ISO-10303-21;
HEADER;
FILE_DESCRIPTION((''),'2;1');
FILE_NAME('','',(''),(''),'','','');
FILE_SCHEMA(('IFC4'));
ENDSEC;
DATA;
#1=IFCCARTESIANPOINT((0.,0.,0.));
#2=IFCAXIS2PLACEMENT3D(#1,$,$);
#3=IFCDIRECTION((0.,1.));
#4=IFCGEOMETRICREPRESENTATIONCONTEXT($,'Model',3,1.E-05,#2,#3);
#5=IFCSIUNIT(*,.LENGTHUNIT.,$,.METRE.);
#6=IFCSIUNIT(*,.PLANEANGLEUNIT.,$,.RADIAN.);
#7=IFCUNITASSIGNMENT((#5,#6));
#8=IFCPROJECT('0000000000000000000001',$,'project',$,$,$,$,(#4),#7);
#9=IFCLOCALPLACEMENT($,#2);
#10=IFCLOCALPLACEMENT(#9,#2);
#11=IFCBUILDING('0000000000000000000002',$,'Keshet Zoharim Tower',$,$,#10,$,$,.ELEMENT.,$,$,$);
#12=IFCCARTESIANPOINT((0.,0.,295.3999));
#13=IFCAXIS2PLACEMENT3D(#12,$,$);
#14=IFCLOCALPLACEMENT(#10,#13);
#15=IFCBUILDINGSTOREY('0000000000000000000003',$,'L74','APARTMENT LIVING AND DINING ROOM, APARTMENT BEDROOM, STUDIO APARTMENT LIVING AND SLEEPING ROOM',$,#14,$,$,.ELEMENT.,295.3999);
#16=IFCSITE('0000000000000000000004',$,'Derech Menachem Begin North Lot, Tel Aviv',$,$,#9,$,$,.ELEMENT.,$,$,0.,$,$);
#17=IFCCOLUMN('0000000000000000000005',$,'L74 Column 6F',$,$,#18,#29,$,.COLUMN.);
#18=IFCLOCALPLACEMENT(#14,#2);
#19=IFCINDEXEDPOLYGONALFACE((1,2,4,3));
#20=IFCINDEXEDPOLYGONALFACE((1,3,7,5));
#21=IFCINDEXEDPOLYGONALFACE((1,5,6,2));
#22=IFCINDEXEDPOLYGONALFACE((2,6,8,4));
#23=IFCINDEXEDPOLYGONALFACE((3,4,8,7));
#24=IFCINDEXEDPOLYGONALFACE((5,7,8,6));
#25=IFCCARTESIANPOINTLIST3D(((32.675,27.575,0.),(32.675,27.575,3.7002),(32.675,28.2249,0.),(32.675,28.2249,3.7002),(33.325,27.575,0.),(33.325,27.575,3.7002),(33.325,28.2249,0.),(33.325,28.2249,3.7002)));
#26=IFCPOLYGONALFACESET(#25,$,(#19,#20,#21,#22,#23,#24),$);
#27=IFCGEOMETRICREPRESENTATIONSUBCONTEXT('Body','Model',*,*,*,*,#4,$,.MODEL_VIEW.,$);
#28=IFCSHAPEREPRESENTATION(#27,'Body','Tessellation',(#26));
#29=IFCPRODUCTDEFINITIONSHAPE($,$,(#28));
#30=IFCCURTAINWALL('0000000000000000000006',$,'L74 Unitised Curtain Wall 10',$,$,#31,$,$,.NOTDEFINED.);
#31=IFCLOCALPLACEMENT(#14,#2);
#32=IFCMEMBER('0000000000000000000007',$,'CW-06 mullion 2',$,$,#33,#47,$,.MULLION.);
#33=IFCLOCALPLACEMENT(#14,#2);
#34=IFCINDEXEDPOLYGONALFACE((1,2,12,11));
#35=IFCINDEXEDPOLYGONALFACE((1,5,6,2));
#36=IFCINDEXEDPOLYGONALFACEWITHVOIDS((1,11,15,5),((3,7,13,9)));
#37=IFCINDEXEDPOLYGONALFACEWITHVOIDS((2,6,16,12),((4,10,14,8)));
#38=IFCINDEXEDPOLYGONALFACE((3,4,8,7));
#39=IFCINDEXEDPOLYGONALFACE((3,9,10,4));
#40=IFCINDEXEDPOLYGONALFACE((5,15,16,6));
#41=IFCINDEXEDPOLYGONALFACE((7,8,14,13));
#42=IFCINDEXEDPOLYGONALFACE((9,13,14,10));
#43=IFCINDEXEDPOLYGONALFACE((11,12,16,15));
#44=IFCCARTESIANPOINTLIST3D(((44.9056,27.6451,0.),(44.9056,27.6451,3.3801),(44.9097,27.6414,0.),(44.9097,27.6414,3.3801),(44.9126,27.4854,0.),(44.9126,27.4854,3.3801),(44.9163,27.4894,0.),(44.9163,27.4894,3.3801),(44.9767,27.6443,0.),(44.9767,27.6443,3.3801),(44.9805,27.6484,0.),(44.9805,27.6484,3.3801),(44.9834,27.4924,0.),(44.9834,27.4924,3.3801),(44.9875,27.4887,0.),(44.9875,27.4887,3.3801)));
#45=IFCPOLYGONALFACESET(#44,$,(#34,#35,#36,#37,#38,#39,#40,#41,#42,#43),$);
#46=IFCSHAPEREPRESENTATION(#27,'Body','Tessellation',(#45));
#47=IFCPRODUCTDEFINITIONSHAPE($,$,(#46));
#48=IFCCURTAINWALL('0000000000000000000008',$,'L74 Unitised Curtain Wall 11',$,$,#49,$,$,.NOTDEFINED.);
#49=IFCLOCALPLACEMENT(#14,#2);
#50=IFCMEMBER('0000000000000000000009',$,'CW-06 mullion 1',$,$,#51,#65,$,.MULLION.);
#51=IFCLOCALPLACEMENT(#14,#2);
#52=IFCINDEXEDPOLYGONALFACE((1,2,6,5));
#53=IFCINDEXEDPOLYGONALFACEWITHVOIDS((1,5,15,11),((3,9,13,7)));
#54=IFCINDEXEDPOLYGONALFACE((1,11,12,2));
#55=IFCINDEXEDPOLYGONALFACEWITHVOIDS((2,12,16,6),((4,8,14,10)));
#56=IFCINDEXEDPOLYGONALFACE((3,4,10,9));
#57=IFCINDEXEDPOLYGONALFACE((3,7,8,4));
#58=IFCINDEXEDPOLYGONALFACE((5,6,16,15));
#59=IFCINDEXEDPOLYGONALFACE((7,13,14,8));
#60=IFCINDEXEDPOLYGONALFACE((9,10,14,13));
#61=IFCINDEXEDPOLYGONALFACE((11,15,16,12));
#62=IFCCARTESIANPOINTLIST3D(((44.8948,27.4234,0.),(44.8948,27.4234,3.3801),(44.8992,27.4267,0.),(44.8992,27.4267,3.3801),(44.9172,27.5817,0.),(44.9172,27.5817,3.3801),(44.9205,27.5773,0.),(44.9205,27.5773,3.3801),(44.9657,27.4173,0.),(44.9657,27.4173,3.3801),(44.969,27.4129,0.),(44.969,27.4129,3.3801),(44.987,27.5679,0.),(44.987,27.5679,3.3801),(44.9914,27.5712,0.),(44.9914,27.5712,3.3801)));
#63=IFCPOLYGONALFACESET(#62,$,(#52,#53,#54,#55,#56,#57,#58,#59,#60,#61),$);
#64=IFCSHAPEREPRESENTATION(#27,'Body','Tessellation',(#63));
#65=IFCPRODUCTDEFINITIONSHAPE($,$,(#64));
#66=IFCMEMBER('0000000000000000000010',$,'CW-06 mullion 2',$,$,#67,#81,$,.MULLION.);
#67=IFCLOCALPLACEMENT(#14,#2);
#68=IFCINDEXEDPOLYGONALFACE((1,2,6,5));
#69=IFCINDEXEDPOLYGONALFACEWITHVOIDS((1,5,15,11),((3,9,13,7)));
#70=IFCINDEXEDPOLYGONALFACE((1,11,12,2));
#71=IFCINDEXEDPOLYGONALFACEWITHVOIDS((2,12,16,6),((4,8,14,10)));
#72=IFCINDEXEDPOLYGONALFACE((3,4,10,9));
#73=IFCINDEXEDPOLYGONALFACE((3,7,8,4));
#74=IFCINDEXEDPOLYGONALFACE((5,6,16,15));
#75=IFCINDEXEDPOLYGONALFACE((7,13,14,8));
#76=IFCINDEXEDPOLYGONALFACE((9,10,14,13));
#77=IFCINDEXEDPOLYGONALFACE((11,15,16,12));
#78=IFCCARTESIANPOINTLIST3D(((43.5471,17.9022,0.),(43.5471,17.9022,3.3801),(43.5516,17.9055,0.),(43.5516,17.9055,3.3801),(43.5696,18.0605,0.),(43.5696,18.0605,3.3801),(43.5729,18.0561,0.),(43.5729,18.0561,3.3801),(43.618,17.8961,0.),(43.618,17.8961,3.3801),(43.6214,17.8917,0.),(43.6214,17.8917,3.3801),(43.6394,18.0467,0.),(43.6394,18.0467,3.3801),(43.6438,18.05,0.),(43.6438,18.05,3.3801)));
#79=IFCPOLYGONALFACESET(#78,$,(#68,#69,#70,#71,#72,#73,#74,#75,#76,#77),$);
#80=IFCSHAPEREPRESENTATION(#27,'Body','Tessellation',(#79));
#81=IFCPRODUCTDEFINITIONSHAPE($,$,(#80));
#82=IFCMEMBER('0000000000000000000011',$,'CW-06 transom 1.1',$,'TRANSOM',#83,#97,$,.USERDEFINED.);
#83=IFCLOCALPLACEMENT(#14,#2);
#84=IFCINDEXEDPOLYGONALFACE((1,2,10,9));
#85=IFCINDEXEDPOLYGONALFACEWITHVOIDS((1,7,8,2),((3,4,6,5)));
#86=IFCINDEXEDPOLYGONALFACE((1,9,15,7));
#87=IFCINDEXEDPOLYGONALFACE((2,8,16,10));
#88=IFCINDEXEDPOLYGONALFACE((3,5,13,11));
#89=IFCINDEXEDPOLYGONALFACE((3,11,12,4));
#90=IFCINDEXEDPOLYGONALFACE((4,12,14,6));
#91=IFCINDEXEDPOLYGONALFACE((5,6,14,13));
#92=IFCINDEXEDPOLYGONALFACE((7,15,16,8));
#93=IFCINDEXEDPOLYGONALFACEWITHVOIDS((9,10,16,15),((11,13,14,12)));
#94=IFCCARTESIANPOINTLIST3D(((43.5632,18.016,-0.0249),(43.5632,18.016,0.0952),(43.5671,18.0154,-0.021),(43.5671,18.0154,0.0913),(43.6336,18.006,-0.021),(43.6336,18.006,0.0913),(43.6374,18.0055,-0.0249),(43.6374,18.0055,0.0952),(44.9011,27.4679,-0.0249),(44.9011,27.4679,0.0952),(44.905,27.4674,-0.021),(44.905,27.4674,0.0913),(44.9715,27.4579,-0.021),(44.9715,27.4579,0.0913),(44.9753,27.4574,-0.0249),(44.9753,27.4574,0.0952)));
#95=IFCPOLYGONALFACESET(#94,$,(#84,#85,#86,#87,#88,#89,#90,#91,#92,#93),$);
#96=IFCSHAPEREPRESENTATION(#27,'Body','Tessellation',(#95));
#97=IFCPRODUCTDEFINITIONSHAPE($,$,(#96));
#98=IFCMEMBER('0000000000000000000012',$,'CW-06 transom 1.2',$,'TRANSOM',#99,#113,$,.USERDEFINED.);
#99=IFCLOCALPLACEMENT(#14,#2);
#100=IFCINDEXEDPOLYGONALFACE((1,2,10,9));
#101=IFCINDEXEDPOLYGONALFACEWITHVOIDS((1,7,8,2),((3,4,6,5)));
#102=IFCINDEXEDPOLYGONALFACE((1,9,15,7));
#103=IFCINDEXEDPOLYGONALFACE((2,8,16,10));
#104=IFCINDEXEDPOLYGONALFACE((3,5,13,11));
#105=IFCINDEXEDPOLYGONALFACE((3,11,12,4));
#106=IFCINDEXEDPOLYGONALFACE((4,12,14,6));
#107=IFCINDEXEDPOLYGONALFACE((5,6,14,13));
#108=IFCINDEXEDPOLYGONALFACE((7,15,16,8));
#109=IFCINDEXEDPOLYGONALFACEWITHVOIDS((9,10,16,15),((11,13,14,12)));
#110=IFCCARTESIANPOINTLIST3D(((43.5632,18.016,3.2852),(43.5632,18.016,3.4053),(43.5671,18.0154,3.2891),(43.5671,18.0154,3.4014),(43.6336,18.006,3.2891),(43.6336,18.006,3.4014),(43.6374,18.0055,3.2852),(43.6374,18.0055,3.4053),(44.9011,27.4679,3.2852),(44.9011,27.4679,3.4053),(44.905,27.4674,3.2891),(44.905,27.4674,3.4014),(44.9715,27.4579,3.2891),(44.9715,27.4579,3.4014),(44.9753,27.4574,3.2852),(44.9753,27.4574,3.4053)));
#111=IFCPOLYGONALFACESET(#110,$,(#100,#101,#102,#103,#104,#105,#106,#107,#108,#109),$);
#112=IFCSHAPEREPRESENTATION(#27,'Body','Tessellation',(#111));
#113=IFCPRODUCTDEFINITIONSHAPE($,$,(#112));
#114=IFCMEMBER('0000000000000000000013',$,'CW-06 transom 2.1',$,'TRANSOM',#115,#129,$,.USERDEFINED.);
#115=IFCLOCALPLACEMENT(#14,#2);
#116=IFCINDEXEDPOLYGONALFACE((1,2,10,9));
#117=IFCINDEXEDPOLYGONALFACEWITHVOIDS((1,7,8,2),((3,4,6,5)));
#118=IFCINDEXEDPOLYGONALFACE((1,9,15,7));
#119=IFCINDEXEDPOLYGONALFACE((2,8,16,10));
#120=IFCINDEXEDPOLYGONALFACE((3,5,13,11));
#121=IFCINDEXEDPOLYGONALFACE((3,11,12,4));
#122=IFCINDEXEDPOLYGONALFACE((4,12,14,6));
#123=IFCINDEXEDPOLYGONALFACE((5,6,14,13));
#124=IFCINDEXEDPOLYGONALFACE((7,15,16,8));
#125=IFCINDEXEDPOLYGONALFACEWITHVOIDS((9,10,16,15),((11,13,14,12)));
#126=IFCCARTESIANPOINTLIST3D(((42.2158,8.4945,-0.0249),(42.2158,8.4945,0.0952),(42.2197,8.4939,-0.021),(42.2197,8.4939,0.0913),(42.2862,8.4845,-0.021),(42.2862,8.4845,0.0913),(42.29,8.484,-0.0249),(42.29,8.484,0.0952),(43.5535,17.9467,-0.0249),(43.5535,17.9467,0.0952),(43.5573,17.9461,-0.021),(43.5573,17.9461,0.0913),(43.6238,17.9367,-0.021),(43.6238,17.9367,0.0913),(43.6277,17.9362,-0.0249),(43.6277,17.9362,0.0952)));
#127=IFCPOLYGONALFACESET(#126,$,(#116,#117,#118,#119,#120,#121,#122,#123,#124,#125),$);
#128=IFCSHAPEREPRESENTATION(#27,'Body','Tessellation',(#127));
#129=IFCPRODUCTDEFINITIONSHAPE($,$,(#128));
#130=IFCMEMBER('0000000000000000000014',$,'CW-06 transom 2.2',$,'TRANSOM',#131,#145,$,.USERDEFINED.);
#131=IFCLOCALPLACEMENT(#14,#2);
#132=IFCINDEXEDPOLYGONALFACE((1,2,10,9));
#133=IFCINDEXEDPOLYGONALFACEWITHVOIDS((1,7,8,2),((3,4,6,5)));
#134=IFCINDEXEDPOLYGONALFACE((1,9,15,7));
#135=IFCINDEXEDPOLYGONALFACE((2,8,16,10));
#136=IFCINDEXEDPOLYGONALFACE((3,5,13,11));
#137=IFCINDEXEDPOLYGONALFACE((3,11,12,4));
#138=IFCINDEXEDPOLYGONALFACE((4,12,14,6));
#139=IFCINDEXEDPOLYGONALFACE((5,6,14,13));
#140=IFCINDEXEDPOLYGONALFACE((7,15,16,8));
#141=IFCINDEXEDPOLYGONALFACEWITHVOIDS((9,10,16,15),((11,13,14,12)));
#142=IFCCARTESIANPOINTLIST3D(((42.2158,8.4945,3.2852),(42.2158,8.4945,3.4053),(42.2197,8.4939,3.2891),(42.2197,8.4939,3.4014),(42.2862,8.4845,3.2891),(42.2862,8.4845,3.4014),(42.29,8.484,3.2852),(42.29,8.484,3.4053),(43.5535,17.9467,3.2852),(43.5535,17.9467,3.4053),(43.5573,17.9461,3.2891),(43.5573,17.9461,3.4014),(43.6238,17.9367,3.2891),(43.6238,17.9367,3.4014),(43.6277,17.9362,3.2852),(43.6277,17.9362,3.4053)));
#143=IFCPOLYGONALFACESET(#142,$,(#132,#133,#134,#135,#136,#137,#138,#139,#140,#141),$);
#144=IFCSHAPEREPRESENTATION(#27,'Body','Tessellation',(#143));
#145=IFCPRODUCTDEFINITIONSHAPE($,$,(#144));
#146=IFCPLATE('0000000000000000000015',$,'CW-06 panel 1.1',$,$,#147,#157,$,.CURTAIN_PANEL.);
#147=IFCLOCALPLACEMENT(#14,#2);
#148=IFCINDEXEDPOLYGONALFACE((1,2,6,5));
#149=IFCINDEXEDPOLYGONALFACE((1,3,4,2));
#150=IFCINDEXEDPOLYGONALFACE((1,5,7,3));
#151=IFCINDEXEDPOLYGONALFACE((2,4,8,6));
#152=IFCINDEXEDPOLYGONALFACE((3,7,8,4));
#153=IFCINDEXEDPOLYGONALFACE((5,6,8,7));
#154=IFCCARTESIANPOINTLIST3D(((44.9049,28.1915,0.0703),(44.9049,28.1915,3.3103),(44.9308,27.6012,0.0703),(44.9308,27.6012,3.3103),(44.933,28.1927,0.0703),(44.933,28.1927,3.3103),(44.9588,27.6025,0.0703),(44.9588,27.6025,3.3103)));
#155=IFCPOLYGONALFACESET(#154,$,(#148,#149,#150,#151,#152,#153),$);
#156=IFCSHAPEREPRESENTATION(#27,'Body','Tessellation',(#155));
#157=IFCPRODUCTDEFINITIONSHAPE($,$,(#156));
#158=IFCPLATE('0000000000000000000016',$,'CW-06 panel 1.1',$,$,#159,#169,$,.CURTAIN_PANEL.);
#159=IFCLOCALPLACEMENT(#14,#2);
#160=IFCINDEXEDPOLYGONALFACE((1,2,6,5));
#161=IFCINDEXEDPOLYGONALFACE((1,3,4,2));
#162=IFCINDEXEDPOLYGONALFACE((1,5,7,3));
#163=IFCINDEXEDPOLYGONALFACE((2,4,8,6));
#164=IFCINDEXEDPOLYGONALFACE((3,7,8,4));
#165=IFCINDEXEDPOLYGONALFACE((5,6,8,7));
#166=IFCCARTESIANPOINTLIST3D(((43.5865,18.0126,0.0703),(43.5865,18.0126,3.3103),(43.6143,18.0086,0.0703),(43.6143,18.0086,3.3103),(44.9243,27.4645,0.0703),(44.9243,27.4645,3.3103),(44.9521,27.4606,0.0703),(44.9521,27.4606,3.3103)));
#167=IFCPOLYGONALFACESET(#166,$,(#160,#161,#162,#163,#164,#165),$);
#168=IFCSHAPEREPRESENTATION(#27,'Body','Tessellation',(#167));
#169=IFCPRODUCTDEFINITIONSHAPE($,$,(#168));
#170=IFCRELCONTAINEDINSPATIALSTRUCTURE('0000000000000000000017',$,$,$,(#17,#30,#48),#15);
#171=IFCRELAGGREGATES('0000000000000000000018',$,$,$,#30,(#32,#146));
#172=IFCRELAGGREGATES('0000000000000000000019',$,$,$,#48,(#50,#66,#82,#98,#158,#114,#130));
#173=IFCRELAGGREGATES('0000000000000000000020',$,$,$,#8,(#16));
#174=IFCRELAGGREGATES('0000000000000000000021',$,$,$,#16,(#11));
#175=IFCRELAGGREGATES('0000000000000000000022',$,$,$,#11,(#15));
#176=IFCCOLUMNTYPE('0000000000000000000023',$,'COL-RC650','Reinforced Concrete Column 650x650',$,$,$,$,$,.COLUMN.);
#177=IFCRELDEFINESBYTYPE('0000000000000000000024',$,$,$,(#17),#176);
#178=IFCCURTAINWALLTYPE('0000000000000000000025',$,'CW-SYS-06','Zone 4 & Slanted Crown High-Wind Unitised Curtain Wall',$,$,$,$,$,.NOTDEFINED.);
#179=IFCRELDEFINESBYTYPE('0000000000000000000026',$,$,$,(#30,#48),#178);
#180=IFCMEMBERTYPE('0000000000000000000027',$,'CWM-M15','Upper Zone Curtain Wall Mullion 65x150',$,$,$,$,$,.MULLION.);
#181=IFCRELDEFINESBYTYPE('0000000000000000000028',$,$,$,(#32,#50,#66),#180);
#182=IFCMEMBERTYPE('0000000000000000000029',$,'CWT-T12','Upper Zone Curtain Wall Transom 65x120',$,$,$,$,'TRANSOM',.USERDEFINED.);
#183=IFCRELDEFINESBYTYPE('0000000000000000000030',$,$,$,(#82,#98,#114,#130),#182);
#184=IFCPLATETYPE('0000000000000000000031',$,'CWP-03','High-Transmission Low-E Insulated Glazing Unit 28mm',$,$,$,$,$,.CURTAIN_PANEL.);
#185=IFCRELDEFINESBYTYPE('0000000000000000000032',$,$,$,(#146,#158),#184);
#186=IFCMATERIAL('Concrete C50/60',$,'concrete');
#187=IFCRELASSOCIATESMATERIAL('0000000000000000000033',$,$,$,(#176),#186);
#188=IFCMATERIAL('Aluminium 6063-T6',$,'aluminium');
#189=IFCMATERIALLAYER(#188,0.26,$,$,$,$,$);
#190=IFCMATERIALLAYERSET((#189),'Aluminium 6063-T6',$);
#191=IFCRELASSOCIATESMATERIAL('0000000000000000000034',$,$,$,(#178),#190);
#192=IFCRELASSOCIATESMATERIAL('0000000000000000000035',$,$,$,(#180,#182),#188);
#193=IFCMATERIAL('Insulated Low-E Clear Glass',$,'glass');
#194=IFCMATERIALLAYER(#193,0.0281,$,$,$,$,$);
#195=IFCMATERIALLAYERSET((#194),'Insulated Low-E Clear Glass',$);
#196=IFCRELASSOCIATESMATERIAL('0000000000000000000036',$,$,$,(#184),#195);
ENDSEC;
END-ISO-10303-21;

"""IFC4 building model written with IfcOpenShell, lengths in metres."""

from ifc_helpers import new_model, si_unit, direction, frame, origin, origin_2d, place, context, subcontext, project, spatial, rectangle, hollow_rectangle, extrude, material, layer, layer_set, material_profile, profile_set, type_object, element, aggregate, save


model = new_model("IFC4")

# Units and contexts
model_context = context("Model", 3, precision=1e-05, world=origin(), true_north=direction((0.0, 1.0)))
body_context = subcontext(model_context, "Body", "Model", "MODEL_VIEW")
ifc_project = project(units=[si_unit("LENGTHUNIT", "METRE"), si_unit("PLANEANGLEUNIT", "RADIAN")], contexts=[model_context])

# Site, building, storey
site_placement = place(None, origin())
site = spatial("IfcSite", under=ifc_project, at=site_placement, Name="Derech Menachem Begin North Lot, Tel Aviv", CompositionType="ELEMENT", RefElevation=0.0)
building_placement = place(site_placement, origin())
building = spatial("IfcBuilding", under=site, at=building_placement, Name="Keshet Zoharim Tower", CompositionType="ELEMENT")
storey_placement = place(building_placement, frame((0.0, 0.0, 295.3999)))
storey = spatial("IfcBuildingStorey", under=building, at=storey_placement, Name="L74", Description="APARTMENT LIVING AND DINING ROOM, APARTMENT BEDROOM, STUDIO APARTMENT LIVING AND SLEEPING ROOM", CompositionType="ELEMENT", Elevation=295.3999)

# Column
ifc_material_1 = material(Name="Concrete C50/60", Category="concrete")
ifc_material_profile_1 = material_profile(ifc_material_1, rectangle(XDim=0.6499, YDim=0.6499, at=origin_2d()), Name="RC650x650")
ifc_profile_set_1 = profile_set([ifc_material_profile_1], Name="Concrete C50/60")
column_type = type_object("IfcColumnType", Name="COL-RC650", Description="Reinforced Concrete Column 650x650", PredefinedType="COLUMN", material=ifc_profile_set_1)
column_placement = place(storey_placement, frame((33.0, 27.8999, 0.0), z_axis=(0.0, 0.0, 1.0), x_axis=(1.0, 0.0, 0.0)))
element("IfcColumn", 1, at=column_placement, inside=storey, type_object=column_type, Name="L74 Column 6F", PredefinedType="COLUMN", context=body_context, shape_type="SweptSolid", body=[
    extrude(rectangle(XDim=0.6499, YDim=0.6499, at=origin_2d()), origin(), (0.0, 0.0, 1.0), 3.7002),
])

# Curtain wall, member
ifc_material_2 = material(Name="Aluminium 6063-T6", Category="aluminium")
ifc_layer_1 = layer(ifc_material_2, 0.26)
ifc_layer_set_1 = layer_set([ifc_layer_1], Name="Aluminium 6063-T6")
curtain_wall_type = type_object("IfcCurtainWallType", Name="CW-SYS-06", Description="Zone 4 & Slanted Crown High-Wind Unitised Curtain Wall", PredefinedType="NOTDEFINED", material=ifc_layer_set_1)
curtain_wall_1_placement = place(storey_placement, origin())
curtain_wall_1 = element("IfcCurtainWall", 2, at=curtain_wall_1_placement, inside=storey, type_object=curtain_wall_type, Name="L74 Unitised Curtain Wall 10", PredefinedType="NOTDEFINED")
ifc_material_profile_2 = material_profile(ifc_material_2, hollow_rectangle(XDim=0.075, YDim=0.1599, WallThickness=0.0039, at=origin_2d()), Name="MUL-75x160")
ifc_profile_set_2 = profile_set([ifc_material_profile_2], Name="Aluminium 6063-T6")
member_type_1 = type_object("IfcMemberType", Name="CWM-M15", Description="Upper Zone Curtain Wall Mullion 65x150", PredefinedType="MULLION", material=ifc_profile_set_2)
member_1_placement = place(storey_placement, frame((44.9465, 27.5669, 0.0), z_axis=(0.0, 0.0, 1.0), x_axis=(0.999041, 0.043794, 0.0)))
member_1 = element("IfcMember", 3, at=member_1_placement, type_object=member_type_1, Name="CW-06 mullion 2", PredefinedType="MULLION", context=body_context, shape_type="SweptSolid", body=[
    extrude(hollow_rectangle(XDim=0.075, YDim=0.1599, WallThickness=0.0039, at=origin_2d()), origin(), (0.0, 0.0, 1.0), 3.3801),
])

# Curtain wall, members
curtain_wall_2_placement = place(storey_placement, origin())
curtain_wall_2 = element("IfcCurtainWall", 4, at=curtain_wall_2_placement, inside=storey, type_object=curtain_wall_type, Name="L74 Unitised Curtain Wall 11", PredefinedType="NOTDEFINED")
member_2_placement = place(storey_placement, frame((44.9431, 27.4973, 0.0), z_axis=(0.0, 0.0, 1.0), x_axis=(0.990132, -0.140137, 0.0)))
member_2 = element("IfcMember", 5, at=member_2_placement, type_object=member_type_1, Name="CW-06 mullion 1", PredefinedType="MULLION", context=body_context, shape_type="SweptSolid", body=[
    extrude(hollow_rectangle(XDim=0.075, YDim=0.1599, WallThickness=0.0039, at=origin_2d()), origin(), (0.0, 0.0, 1.0), 3.3801),
])
member_3_placement = place(storey_placement, frame((43.5955, 17.9761, 0.0), z_axis=(0.0, 0.0, 1.0), x_axis=(0.990132, -0.140137, 0.0)))
member_3 = element("IfcMember", 6, at=member_3_placement, type_object=member_type_1, Name="CW-06 mullion 2", PredefinedType="MULLION", context=body_context, shape_type="SweptSolid", body=[
    extrude(hollow_rectangle(XDim=0.075, YDim=0.1599, WallThickness=0.0039, at=origin_2d()), origin(), (0.0, 0.0, 1.0), 3.3801),
])
ifc_material_profile_3 = material_profile(ifc_material_2, hollow_rectangle(XDim=0.075, YDim=0.1201, WallThickness=0.0039, at=origin_2d()), Name="TRN-75x120")
ifc_profile_set_3 = profile_set([ifc_material_profile_3], Name="Aluminium 6063-T6")
member_type_2 = type_object("IfcMemberType", Name="CWT-T12", Description="Upper Zone Curtain Wall Transom 65x120", ElementType="TRANSOM", PredefinedType="USERDEFINED", material=ifc_profile_set_3)
member_4_placement = place(storey_placement, frame((44.9382, 27.4626, 0.0352), z_axis=(-0.14015, -0.99013, 0.0), x_axis=(0.99013, -0.14015, 0.0)))
member_4 = element("IfcMember", 7, at=member_4_placement, type_object=member_type_2, Name="CW-06 transom 1.1", ObjectType="TRANSOM", PredefinedType="USERDEFINED", context=body_context, shape_type="SweptSolid", body=[
    extrude(hollow_rectangle(XDim=0.075, YDim=0.1201, WallThickness=0.0039, at=origin_2d()), origin(), (0.0, 0.0, 1.0), 9.5461),
])
member_5_placement = place(storey_placement, frame((44.9382, 27.4626, 3.3452), z_axis=(-0.14015, -0.99013, 0.0), x_axis=(0.99013, -0.14015, 0.0)))
member_5 = element("IfcMember", 8, at=member_5_placement, type_object=member_type_2, Name="CW-06 transom 1.2", ObjectType="TRANSOM", PredefinedType="USERDEFINED", context=body_context, shape_type="SweptSolid", body=[
    extrude(hollow_rectangle(XDim=0.075, YDim=0.1201, WallThickness=0.0039, at=origin_2d()), origin(), (0.0, 0.0, 1.0), 9.5461),
])
member_6_placement = place(storey_placement, frame((43.5906, 17.9414, 0.0352), z_axis=(-0.140122, -0.990134, 0.0), x_axis=(0.990134, -0.140122, 0.0)))
member_6 = element("IfcMember", 9, at=member_6_placement, type_object=member_type_2, Name="CW-06 transom 2.1", ObjectType="TRANSOM", PredefinedType="USERDEFINED", context=body_context, shape_type="SweptSolid", body=[
    extrude(hollow_rectangle(XDim=0.075, YDim=0.1201, WallThickness=0.0039, at=origin_2d()), origin(), (0.0, 0.0, 1.0), 9.5464),
])
member_7_placement = place(storey_placement, frame((43.5906, 17.9414, 3.3452), z_axis=(-0.140122, -0.990134, 0.0), x_axis=(0.990134, -0.140122, 0.0)))
member_7 = element("IfcMember", 10, at=member_7_placement, type_object=member_type_2, Name="CW-06 transom 2.2", ObjectType="TRANSOM", PredefinedType="USERDEFINED", context=body_context, shape_type="SweptSolid", body=[
    extrude(hollow_rectangle(XDim=0.075, YDim=0.1201, WallThickness=0.0039, at=origin_2d()), origin(), (0.0, 0.0, 1.0), 9.5464),
])

# Plates
ifc_material_3 = material(Name="Insulated Low-E Clear Glass", Category="glass")
ifc_layer_2 = layer(ifc_material_3, 0.0281)
ifc_layer_set_2 = layer_set([ifc_layer_2], Name="Insulated Low-E Clear Glass")
plate_type = type_object("IfcPlateType", Name="CWP-03", Description="High-Transmission Low-E Insulated Glazing Unit 28mm", PredefinedType="CURTAIN_PANEL", material=ifc_layer_set_2)
plate_1_placement = place(storey_placement, frame((44.9319, 27.897, 0.0703), z_axis=(0.0, 0.0, 1.0), x_axis=(0.043794, -0.999041, 0.0)))
plate_1 = element("IfcPlate", 11, at=plate_1_placement, type_object=plate_type, Name="CW-06 panel 1.1", PredefinedType="CURTAIN_PANEL", context=body_context, shape_type="SweptSolid", body=[
    extrude(rectangle(XDim=0.5908, YDim=0.0281, at=origin_2d()), origin(), (0.0, 0.0, 1.0), 3.24),
])
aggregate(curtain_wall_1, [member_1, plate_1])
plate_2_placement = place(storey_placement, frame((44.2693, 22.7366, 0.0703), z_axis=(0.0, 0.0, 1.0), x_axis=(-0.140137, -0.990132, 0.0)))
plate_2 = element("IfcPlate", 12, at=plate_2_placement, type_object=plate_type, Name="CW-06 panel 1.1", PredefinedType="CURTAIN_PANEL", context=body_context, shape_type="SweptSolid", body=[
    extrude(rectangle(XDim=9.5461, YDim=0.0281, at=origin_2d()), origin(), (0.0, 0.0, 1.0), 3.24),
])
aggregate(curtain_wall_2, [member_2, member_3, member_4, member_5, plate_2, member_6, member_7])

save(model, "model.ifc")
